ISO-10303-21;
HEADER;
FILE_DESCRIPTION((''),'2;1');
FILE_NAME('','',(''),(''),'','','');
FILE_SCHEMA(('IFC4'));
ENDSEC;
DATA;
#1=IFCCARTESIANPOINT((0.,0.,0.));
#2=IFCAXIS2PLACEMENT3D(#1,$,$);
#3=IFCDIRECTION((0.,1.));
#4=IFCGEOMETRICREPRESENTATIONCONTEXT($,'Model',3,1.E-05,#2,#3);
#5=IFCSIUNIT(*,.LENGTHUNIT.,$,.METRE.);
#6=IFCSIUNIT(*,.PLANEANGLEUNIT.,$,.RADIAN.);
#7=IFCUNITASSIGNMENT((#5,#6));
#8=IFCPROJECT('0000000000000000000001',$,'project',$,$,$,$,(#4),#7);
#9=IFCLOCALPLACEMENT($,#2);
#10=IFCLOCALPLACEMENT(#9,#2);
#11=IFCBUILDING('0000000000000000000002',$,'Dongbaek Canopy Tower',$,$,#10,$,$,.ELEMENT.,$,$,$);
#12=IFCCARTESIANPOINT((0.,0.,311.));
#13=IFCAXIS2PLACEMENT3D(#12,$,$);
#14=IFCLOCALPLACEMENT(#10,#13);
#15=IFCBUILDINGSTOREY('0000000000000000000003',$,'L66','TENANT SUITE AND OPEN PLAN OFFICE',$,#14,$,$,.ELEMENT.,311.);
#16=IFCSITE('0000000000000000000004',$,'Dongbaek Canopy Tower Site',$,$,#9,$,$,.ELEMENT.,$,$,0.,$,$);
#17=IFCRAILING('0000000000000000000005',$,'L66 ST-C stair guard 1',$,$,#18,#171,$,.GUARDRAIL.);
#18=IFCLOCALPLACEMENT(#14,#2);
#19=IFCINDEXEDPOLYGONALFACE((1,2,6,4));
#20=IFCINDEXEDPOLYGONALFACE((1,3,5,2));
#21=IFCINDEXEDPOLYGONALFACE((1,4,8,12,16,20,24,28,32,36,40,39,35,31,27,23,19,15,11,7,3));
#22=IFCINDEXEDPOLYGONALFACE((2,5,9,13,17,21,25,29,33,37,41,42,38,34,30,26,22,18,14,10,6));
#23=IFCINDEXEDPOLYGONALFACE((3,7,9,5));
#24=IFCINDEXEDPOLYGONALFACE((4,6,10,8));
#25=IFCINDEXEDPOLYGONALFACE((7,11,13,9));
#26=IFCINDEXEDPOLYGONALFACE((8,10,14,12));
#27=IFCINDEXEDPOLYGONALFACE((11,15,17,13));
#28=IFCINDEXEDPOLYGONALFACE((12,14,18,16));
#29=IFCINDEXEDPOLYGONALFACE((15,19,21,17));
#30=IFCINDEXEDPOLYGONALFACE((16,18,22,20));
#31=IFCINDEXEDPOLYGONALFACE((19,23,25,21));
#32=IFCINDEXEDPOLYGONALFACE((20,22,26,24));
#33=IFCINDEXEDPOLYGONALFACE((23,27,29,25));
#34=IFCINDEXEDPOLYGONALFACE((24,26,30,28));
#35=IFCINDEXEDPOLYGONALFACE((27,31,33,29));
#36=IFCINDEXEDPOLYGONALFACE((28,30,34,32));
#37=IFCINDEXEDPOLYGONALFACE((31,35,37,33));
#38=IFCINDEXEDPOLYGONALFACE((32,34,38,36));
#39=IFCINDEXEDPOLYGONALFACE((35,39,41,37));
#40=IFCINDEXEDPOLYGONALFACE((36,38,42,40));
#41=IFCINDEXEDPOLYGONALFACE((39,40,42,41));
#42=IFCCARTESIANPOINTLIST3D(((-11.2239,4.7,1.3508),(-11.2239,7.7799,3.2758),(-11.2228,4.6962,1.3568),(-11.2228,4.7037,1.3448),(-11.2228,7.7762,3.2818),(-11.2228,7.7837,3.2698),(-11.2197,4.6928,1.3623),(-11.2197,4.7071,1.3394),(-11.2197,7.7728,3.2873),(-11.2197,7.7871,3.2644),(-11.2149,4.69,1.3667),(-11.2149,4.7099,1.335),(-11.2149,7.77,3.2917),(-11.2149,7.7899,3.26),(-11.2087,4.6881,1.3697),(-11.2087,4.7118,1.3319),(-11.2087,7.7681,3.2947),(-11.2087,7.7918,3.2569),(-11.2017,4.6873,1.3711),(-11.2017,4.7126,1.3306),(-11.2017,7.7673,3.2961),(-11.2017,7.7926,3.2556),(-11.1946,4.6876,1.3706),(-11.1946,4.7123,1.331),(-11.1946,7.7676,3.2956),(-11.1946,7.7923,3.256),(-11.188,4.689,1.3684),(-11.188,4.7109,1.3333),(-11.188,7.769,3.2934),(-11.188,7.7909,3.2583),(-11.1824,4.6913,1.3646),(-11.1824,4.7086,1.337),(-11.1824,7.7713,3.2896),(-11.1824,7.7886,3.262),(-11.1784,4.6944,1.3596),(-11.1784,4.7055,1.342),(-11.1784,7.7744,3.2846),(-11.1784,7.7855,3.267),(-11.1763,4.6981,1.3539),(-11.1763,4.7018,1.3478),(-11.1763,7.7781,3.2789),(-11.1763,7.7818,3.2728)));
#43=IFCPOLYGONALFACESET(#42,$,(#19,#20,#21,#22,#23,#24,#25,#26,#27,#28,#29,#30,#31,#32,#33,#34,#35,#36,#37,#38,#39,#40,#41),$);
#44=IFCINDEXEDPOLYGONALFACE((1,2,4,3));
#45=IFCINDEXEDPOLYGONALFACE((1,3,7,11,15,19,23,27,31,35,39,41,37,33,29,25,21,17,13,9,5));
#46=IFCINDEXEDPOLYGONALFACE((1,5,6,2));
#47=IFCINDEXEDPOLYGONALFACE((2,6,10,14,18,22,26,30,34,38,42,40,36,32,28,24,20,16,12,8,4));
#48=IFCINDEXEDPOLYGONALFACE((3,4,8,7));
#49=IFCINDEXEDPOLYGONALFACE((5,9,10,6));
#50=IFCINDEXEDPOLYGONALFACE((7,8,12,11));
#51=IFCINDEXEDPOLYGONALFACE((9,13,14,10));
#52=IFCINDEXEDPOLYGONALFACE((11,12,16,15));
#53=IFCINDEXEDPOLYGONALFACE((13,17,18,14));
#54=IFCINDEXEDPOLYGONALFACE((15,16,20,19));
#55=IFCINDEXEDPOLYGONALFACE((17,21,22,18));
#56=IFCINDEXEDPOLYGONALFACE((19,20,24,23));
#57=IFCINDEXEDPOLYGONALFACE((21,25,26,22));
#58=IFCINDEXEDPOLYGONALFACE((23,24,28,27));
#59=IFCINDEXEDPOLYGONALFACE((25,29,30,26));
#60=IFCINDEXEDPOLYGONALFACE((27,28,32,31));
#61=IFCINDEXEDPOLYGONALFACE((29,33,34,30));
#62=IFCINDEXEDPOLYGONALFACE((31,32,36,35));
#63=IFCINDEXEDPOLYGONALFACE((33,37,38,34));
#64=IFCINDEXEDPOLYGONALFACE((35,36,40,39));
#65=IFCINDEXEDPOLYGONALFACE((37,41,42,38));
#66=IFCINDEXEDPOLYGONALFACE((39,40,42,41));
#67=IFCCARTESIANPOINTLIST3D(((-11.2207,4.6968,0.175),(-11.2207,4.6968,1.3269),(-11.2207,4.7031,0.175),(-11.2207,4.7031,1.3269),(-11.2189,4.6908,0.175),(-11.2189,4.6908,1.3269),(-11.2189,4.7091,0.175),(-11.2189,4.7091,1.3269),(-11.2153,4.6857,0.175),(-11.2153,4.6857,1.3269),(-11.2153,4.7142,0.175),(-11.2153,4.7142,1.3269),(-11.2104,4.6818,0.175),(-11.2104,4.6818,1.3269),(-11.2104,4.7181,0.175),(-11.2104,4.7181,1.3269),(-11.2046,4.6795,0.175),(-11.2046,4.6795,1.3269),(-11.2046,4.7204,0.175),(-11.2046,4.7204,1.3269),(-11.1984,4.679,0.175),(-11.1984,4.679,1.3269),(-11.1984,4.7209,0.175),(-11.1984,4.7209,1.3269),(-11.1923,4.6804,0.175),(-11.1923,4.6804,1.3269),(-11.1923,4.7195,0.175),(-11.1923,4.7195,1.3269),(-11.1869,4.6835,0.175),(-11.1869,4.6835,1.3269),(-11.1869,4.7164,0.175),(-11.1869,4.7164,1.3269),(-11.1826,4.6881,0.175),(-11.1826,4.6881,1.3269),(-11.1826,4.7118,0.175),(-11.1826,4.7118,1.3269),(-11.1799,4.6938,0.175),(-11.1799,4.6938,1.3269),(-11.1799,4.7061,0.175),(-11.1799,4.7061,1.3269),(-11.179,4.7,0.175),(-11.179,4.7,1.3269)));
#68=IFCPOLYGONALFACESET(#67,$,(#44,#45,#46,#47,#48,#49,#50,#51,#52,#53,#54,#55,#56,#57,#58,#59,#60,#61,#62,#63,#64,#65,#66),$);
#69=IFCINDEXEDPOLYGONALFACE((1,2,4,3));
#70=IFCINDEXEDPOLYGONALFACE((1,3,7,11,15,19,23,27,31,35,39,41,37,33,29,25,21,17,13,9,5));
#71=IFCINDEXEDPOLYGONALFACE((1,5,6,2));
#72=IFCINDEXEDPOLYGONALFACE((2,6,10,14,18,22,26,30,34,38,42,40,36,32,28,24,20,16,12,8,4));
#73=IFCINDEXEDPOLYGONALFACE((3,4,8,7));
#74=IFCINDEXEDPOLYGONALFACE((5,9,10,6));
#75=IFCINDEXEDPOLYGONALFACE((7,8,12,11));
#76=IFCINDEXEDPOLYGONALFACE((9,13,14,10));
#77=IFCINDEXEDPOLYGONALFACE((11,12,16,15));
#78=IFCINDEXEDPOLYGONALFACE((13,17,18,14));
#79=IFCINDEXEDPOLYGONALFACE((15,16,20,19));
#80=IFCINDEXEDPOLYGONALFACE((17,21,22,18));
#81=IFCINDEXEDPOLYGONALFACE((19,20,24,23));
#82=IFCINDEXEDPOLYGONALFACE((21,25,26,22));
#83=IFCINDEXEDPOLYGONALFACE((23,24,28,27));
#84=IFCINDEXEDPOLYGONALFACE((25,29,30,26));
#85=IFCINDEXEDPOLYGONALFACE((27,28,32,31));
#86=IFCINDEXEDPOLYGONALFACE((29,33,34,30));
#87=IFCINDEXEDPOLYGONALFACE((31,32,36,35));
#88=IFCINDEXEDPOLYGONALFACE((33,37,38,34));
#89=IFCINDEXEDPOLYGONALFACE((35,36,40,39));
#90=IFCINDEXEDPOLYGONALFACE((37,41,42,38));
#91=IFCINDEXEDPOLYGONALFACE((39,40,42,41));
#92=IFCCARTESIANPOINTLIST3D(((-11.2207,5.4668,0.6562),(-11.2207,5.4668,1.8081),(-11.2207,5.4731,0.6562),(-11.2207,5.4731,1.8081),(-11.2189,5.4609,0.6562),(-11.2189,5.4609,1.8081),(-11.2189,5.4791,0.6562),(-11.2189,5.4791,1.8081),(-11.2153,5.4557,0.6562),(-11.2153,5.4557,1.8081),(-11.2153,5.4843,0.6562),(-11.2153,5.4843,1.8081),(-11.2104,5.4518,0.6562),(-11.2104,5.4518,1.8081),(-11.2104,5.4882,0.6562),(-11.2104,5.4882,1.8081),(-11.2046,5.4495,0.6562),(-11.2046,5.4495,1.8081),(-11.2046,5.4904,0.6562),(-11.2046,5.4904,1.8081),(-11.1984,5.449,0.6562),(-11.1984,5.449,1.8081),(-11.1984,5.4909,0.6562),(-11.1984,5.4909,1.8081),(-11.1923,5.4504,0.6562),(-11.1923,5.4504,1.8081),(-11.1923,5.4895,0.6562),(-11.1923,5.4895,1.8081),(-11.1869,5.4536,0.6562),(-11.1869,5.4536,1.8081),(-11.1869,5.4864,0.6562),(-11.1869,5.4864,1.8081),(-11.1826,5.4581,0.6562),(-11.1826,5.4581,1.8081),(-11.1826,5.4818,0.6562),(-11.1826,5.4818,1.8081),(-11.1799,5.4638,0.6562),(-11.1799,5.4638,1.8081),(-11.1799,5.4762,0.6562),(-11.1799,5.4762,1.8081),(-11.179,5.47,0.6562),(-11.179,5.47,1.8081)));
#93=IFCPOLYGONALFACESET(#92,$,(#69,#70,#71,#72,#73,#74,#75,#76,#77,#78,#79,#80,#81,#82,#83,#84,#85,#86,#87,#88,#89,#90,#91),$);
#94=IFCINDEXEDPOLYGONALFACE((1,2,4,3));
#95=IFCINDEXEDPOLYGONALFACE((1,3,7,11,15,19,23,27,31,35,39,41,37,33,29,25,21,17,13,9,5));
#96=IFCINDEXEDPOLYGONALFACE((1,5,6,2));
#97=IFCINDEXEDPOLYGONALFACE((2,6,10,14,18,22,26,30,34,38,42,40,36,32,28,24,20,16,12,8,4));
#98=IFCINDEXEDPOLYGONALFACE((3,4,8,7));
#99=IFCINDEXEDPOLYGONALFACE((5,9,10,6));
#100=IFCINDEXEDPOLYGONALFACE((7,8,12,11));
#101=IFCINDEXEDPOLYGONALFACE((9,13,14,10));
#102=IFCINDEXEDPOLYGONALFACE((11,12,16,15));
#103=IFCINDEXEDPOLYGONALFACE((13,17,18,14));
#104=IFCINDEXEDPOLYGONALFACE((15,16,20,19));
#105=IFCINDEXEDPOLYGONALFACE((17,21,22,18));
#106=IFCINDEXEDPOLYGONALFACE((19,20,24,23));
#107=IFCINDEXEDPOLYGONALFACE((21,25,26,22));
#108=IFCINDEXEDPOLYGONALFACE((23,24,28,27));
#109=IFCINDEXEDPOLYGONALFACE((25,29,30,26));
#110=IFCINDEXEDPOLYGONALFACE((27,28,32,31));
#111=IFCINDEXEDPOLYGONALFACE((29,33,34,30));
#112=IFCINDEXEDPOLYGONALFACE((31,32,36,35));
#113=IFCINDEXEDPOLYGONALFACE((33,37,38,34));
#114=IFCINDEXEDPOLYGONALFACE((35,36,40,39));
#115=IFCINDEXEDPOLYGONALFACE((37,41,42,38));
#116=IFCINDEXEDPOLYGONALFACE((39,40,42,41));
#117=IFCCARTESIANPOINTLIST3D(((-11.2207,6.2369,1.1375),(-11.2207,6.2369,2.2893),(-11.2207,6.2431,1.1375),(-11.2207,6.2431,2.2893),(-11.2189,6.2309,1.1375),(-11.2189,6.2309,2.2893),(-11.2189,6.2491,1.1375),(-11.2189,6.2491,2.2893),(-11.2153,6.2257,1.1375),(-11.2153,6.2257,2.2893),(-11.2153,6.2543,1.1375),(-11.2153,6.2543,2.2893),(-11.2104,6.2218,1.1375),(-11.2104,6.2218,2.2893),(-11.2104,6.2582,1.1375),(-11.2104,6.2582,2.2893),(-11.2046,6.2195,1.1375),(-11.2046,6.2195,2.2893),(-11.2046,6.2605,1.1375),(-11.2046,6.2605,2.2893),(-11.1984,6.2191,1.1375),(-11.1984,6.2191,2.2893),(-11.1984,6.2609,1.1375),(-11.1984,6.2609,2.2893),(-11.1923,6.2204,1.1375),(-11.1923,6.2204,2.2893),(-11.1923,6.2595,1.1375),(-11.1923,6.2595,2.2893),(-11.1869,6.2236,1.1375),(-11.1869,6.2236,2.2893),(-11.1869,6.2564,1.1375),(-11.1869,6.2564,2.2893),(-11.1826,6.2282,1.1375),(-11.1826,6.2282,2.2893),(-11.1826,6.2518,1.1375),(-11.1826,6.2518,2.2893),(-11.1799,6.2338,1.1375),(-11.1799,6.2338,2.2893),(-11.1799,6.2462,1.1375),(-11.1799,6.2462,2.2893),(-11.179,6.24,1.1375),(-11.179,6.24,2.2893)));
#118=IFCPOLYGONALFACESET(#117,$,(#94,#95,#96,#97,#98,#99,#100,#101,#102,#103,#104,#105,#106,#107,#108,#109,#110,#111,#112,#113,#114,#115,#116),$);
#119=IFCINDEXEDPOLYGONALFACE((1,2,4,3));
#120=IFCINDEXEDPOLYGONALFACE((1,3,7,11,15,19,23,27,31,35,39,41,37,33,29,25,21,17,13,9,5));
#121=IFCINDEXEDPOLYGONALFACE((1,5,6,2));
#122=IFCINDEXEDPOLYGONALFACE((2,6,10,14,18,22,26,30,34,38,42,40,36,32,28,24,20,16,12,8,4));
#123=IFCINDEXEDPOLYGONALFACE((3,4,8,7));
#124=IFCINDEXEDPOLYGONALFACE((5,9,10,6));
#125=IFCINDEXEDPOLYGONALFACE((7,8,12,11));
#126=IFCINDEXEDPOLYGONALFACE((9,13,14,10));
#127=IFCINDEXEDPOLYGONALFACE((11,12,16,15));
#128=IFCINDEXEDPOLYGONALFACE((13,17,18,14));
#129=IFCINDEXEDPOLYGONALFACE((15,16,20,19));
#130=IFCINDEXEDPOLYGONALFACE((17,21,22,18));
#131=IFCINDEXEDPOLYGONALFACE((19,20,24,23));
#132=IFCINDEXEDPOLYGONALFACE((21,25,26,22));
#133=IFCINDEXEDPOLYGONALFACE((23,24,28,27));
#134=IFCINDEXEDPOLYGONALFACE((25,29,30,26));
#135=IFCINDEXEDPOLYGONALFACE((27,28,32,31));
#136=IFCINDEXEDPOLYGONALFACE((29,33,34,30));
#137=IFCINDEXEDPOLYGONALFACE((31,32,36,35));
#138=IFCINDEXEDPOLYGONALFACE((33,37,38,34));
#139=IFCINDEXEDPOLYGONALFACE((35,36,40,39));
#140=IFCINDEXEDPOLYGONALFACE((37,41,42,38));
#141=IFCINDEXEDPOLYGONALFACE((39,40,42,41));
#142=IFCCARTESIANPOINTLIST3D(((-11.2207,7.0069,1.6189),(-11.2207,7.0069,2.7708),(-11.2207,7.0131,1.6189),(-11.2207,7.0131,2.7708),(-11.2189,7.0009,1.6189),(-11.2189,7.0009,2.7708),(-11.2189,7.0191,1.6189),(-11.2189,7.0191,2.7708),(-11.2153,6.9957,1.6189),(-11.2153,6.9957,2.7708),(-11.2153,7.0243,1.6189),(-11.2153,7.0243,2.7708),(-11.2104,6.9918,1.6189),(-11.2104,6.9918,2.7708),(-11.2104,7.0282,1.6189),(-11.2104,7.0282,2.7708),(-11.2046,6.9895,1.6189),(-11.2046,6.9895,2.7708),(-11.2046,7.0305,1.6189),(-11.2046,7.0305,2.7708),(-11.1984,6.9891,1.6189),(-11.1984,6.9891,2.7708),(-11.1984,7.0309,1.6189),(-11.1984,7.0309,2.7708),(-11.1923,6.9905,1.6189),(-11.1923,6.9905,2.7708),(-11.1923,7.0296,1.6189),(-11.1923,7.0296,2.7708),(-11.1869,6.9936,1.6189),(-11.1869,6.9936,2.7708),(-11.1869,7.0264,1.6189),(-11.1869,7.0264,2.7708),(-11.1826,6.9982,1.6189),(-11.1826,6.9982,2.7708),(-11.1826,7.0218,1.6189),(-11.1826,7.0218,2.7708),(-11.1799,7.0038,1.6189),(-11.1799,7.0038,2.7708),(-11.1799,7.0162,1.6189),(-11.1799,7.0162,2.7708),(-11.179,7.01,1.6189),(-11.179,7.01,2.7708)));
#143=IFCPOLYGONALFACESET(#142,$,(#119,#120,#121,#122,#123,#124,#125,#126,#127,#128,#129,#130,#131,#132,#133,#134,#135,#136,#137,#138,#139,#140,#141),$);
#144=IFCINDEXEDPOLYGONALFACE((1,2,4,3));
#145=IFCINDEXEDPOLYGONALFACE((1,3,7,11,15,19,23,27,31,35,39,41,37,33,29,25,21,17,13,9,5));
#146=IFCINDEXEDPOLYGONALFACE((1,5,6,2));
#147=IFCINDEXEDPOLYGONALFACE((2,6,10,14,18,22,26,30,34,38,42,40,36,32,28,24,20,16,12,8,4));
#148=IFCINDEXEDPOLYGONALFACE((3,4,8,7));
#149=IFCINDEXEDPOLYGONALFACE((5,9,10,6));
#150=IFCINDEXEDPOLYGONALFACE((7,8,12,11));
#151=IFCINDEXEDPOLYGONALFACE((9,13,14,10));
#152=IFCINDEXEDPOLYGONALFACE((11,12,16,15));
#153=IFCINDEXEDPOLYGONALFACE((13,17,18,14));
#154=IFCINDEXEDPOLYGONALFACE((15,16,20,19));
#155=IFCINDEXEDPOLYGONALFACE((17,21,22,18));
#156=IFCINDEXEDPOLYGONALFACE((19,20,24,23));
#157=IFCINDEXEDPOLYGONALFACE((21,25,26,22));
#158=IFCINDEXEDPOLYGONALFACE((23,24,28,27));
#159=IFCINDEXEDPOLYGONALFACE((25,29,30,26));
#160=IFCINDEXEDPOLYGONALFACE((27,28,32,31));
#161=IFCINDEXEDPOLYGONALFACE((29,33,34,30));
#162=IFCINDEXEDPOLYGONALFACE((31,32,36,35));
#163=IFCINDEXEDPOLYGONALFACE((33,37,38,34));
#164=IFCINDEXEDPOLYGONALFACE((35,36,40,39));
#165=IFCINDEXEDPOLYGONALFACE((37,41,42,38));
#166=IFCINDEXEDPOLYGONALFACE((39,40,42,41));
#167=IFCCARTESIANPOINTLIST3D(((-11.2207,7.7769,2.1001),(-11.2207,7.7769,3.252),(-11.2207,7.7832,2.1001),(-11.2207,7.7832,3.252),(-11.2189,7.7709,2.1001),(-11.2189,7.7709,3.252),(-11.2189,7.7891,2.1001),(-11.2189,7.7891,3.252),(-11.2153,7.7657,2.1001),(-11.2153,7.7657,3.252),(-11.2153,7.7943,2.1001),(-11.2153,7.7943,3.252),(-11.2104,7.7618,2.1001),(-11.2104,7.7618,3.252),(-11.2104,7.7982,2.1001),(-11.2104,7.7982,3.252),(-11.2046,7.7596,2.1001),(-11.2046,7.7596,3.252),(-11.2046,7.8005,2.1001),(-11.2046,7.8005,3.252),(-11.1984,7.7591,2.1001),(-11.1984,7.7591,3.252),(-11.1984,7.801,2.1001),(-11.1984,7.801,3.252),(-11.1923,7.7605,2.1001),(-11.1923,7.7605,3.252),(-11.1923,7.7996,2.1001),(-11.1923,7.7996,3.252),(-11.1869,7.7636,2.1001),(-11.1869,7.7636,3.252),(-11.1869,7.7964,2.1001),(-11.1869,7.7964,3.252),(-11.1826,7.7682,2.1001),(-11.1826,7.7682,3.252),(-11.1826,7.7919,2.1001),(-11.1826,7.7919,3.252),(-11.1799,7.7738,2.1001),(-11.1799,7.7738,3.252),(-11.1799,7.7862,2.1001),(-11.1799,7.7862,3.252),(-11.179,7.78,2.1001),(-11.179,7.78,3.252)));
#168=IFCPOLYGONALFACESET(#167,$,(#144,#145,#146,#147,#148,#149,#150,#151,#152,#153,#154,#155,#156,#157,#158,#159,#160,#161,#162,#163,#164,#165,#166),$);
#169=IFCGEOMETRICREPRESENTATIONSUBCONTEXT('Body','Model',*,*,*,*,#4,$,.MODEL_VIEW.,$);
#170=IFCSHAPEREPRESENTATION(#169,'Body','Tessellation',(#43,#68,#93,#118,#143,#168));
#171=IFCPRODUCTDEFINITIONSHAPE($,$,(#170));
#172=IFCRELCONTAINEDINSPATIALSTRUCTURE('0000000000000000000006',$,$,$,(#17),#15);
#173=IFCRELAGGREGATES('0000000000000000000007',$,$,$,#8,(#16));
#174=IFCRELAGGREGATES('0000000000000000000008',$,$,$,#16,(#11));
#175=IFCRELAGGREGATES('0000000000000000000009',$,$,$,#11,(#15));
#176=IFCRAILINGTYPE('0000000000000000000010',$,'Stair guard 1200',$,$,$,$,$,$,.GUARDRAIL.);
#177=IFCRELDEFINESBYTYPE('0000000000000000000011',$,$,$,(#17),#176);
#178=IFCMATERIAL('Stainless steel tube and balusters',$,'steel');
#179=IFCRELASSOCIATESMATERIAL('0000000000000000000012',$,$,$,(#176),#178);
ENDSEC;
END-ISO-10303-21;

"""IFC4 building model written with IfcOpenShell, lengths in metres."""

from ifc_helpers import new_model, si_unit, direction, frame, origin, origin_2d, place, context, subcontext, project, spatial, circle, extrude, material, type_object, element, save


model = new_model("IFC4")

# Units and contexts
model_context = context("Model", 3, precision=1e-05, world=origin(), true_north=direction((0.0, 1.0)))
body_context = subcontext(model_context, "Body", "Model", "MODEL_VIEW")
ifc_project = project(units=[si_unit("LENGTHUNIT", "METRE"), si_unit("PLANEANGLEUNIT", "RADIAN")], contexts=[model_context])

# Site, building, storey
site_placement = place(None, origin())
site = spatial("IfcSite", under=ifc_project, at=site_placement, Name="Dongbaek Canopy Tower Site", CompositionType="ELEMENT", RefElevation=0.0)
building_placement = place(site_placement, origin())
building = spatial("IfcBuilding", under=site, at=building_placement, Name="Dongbaek Canopy Tower", CompositionType="ELEMENT")
storey_placement = place(building_placement, frame((0.0, 0.0, 311.0)))
storey = spatial("IfcBuildingStorey", under=building, at=storey_placement, Name="L66", Description="TENANT SUITE AND OPEN PLAN OFFICE", CompositionType="ELEMENT", Elevation=311.0)

# Railing
ifc_material_1 = material(Name="Stainless steel tube and balusters", Category="steel")
railing_type_1 = type_object("IfcRailingType", Name="Stair guard 1200", PredefinedType="GUARDRAIL", material=ifc_material_1)
railing_1_placement = place(storey_placement, frame((-11.2, 4.7, 0.175)))
element("IfcRailing", 1, at=railing_1_placement, inside=storey, type_object=railing_type_1, Name="L66 ST-C stair guard 1", PredefinedType="GUARDRAIL", context=body_context, shape_type="SweptSolid", body=[
    extrude(circle(Radius=0.0239, at=origin_2d()), frame((0.0, 0.0, 1.1758), z_axis=(0.0, 0.847998, 0.529999), x_axis=(-1.0, 0.0, 0.0)), (0.0, 0.0, 1.0), 3.6321),
    extrude(circle(Radius=0.021, at=origin_2d()), origin(), (0.0, 0.0, 1.0), 1.1519),
    extrude(circle(Radius=0.021, at=origin_2d()), frame((0.0, 0.77, 0.4812)), (0.0, 0.0, 1.0), 1.1519),
    extrude(circle(Radius=0.021, at=origin_2d()), frame((0.0, 1.54, 0.9624)), (0.0, 0.0, 1.0), 1.1519),
    extrude(circle(Radius=0.021, at=origin_2d()), frame((0.0, 2.3101, 1.4438)), (0.0, 0.0, 1.0), 1.1519),
    extrude(circle(Radius=0.021, at=origin_2d()), frame((0.0, 3.0801, 1.925)), (0.0, 0.0, 1.0), 1.1519),
])

save(model, "model.ifc")
